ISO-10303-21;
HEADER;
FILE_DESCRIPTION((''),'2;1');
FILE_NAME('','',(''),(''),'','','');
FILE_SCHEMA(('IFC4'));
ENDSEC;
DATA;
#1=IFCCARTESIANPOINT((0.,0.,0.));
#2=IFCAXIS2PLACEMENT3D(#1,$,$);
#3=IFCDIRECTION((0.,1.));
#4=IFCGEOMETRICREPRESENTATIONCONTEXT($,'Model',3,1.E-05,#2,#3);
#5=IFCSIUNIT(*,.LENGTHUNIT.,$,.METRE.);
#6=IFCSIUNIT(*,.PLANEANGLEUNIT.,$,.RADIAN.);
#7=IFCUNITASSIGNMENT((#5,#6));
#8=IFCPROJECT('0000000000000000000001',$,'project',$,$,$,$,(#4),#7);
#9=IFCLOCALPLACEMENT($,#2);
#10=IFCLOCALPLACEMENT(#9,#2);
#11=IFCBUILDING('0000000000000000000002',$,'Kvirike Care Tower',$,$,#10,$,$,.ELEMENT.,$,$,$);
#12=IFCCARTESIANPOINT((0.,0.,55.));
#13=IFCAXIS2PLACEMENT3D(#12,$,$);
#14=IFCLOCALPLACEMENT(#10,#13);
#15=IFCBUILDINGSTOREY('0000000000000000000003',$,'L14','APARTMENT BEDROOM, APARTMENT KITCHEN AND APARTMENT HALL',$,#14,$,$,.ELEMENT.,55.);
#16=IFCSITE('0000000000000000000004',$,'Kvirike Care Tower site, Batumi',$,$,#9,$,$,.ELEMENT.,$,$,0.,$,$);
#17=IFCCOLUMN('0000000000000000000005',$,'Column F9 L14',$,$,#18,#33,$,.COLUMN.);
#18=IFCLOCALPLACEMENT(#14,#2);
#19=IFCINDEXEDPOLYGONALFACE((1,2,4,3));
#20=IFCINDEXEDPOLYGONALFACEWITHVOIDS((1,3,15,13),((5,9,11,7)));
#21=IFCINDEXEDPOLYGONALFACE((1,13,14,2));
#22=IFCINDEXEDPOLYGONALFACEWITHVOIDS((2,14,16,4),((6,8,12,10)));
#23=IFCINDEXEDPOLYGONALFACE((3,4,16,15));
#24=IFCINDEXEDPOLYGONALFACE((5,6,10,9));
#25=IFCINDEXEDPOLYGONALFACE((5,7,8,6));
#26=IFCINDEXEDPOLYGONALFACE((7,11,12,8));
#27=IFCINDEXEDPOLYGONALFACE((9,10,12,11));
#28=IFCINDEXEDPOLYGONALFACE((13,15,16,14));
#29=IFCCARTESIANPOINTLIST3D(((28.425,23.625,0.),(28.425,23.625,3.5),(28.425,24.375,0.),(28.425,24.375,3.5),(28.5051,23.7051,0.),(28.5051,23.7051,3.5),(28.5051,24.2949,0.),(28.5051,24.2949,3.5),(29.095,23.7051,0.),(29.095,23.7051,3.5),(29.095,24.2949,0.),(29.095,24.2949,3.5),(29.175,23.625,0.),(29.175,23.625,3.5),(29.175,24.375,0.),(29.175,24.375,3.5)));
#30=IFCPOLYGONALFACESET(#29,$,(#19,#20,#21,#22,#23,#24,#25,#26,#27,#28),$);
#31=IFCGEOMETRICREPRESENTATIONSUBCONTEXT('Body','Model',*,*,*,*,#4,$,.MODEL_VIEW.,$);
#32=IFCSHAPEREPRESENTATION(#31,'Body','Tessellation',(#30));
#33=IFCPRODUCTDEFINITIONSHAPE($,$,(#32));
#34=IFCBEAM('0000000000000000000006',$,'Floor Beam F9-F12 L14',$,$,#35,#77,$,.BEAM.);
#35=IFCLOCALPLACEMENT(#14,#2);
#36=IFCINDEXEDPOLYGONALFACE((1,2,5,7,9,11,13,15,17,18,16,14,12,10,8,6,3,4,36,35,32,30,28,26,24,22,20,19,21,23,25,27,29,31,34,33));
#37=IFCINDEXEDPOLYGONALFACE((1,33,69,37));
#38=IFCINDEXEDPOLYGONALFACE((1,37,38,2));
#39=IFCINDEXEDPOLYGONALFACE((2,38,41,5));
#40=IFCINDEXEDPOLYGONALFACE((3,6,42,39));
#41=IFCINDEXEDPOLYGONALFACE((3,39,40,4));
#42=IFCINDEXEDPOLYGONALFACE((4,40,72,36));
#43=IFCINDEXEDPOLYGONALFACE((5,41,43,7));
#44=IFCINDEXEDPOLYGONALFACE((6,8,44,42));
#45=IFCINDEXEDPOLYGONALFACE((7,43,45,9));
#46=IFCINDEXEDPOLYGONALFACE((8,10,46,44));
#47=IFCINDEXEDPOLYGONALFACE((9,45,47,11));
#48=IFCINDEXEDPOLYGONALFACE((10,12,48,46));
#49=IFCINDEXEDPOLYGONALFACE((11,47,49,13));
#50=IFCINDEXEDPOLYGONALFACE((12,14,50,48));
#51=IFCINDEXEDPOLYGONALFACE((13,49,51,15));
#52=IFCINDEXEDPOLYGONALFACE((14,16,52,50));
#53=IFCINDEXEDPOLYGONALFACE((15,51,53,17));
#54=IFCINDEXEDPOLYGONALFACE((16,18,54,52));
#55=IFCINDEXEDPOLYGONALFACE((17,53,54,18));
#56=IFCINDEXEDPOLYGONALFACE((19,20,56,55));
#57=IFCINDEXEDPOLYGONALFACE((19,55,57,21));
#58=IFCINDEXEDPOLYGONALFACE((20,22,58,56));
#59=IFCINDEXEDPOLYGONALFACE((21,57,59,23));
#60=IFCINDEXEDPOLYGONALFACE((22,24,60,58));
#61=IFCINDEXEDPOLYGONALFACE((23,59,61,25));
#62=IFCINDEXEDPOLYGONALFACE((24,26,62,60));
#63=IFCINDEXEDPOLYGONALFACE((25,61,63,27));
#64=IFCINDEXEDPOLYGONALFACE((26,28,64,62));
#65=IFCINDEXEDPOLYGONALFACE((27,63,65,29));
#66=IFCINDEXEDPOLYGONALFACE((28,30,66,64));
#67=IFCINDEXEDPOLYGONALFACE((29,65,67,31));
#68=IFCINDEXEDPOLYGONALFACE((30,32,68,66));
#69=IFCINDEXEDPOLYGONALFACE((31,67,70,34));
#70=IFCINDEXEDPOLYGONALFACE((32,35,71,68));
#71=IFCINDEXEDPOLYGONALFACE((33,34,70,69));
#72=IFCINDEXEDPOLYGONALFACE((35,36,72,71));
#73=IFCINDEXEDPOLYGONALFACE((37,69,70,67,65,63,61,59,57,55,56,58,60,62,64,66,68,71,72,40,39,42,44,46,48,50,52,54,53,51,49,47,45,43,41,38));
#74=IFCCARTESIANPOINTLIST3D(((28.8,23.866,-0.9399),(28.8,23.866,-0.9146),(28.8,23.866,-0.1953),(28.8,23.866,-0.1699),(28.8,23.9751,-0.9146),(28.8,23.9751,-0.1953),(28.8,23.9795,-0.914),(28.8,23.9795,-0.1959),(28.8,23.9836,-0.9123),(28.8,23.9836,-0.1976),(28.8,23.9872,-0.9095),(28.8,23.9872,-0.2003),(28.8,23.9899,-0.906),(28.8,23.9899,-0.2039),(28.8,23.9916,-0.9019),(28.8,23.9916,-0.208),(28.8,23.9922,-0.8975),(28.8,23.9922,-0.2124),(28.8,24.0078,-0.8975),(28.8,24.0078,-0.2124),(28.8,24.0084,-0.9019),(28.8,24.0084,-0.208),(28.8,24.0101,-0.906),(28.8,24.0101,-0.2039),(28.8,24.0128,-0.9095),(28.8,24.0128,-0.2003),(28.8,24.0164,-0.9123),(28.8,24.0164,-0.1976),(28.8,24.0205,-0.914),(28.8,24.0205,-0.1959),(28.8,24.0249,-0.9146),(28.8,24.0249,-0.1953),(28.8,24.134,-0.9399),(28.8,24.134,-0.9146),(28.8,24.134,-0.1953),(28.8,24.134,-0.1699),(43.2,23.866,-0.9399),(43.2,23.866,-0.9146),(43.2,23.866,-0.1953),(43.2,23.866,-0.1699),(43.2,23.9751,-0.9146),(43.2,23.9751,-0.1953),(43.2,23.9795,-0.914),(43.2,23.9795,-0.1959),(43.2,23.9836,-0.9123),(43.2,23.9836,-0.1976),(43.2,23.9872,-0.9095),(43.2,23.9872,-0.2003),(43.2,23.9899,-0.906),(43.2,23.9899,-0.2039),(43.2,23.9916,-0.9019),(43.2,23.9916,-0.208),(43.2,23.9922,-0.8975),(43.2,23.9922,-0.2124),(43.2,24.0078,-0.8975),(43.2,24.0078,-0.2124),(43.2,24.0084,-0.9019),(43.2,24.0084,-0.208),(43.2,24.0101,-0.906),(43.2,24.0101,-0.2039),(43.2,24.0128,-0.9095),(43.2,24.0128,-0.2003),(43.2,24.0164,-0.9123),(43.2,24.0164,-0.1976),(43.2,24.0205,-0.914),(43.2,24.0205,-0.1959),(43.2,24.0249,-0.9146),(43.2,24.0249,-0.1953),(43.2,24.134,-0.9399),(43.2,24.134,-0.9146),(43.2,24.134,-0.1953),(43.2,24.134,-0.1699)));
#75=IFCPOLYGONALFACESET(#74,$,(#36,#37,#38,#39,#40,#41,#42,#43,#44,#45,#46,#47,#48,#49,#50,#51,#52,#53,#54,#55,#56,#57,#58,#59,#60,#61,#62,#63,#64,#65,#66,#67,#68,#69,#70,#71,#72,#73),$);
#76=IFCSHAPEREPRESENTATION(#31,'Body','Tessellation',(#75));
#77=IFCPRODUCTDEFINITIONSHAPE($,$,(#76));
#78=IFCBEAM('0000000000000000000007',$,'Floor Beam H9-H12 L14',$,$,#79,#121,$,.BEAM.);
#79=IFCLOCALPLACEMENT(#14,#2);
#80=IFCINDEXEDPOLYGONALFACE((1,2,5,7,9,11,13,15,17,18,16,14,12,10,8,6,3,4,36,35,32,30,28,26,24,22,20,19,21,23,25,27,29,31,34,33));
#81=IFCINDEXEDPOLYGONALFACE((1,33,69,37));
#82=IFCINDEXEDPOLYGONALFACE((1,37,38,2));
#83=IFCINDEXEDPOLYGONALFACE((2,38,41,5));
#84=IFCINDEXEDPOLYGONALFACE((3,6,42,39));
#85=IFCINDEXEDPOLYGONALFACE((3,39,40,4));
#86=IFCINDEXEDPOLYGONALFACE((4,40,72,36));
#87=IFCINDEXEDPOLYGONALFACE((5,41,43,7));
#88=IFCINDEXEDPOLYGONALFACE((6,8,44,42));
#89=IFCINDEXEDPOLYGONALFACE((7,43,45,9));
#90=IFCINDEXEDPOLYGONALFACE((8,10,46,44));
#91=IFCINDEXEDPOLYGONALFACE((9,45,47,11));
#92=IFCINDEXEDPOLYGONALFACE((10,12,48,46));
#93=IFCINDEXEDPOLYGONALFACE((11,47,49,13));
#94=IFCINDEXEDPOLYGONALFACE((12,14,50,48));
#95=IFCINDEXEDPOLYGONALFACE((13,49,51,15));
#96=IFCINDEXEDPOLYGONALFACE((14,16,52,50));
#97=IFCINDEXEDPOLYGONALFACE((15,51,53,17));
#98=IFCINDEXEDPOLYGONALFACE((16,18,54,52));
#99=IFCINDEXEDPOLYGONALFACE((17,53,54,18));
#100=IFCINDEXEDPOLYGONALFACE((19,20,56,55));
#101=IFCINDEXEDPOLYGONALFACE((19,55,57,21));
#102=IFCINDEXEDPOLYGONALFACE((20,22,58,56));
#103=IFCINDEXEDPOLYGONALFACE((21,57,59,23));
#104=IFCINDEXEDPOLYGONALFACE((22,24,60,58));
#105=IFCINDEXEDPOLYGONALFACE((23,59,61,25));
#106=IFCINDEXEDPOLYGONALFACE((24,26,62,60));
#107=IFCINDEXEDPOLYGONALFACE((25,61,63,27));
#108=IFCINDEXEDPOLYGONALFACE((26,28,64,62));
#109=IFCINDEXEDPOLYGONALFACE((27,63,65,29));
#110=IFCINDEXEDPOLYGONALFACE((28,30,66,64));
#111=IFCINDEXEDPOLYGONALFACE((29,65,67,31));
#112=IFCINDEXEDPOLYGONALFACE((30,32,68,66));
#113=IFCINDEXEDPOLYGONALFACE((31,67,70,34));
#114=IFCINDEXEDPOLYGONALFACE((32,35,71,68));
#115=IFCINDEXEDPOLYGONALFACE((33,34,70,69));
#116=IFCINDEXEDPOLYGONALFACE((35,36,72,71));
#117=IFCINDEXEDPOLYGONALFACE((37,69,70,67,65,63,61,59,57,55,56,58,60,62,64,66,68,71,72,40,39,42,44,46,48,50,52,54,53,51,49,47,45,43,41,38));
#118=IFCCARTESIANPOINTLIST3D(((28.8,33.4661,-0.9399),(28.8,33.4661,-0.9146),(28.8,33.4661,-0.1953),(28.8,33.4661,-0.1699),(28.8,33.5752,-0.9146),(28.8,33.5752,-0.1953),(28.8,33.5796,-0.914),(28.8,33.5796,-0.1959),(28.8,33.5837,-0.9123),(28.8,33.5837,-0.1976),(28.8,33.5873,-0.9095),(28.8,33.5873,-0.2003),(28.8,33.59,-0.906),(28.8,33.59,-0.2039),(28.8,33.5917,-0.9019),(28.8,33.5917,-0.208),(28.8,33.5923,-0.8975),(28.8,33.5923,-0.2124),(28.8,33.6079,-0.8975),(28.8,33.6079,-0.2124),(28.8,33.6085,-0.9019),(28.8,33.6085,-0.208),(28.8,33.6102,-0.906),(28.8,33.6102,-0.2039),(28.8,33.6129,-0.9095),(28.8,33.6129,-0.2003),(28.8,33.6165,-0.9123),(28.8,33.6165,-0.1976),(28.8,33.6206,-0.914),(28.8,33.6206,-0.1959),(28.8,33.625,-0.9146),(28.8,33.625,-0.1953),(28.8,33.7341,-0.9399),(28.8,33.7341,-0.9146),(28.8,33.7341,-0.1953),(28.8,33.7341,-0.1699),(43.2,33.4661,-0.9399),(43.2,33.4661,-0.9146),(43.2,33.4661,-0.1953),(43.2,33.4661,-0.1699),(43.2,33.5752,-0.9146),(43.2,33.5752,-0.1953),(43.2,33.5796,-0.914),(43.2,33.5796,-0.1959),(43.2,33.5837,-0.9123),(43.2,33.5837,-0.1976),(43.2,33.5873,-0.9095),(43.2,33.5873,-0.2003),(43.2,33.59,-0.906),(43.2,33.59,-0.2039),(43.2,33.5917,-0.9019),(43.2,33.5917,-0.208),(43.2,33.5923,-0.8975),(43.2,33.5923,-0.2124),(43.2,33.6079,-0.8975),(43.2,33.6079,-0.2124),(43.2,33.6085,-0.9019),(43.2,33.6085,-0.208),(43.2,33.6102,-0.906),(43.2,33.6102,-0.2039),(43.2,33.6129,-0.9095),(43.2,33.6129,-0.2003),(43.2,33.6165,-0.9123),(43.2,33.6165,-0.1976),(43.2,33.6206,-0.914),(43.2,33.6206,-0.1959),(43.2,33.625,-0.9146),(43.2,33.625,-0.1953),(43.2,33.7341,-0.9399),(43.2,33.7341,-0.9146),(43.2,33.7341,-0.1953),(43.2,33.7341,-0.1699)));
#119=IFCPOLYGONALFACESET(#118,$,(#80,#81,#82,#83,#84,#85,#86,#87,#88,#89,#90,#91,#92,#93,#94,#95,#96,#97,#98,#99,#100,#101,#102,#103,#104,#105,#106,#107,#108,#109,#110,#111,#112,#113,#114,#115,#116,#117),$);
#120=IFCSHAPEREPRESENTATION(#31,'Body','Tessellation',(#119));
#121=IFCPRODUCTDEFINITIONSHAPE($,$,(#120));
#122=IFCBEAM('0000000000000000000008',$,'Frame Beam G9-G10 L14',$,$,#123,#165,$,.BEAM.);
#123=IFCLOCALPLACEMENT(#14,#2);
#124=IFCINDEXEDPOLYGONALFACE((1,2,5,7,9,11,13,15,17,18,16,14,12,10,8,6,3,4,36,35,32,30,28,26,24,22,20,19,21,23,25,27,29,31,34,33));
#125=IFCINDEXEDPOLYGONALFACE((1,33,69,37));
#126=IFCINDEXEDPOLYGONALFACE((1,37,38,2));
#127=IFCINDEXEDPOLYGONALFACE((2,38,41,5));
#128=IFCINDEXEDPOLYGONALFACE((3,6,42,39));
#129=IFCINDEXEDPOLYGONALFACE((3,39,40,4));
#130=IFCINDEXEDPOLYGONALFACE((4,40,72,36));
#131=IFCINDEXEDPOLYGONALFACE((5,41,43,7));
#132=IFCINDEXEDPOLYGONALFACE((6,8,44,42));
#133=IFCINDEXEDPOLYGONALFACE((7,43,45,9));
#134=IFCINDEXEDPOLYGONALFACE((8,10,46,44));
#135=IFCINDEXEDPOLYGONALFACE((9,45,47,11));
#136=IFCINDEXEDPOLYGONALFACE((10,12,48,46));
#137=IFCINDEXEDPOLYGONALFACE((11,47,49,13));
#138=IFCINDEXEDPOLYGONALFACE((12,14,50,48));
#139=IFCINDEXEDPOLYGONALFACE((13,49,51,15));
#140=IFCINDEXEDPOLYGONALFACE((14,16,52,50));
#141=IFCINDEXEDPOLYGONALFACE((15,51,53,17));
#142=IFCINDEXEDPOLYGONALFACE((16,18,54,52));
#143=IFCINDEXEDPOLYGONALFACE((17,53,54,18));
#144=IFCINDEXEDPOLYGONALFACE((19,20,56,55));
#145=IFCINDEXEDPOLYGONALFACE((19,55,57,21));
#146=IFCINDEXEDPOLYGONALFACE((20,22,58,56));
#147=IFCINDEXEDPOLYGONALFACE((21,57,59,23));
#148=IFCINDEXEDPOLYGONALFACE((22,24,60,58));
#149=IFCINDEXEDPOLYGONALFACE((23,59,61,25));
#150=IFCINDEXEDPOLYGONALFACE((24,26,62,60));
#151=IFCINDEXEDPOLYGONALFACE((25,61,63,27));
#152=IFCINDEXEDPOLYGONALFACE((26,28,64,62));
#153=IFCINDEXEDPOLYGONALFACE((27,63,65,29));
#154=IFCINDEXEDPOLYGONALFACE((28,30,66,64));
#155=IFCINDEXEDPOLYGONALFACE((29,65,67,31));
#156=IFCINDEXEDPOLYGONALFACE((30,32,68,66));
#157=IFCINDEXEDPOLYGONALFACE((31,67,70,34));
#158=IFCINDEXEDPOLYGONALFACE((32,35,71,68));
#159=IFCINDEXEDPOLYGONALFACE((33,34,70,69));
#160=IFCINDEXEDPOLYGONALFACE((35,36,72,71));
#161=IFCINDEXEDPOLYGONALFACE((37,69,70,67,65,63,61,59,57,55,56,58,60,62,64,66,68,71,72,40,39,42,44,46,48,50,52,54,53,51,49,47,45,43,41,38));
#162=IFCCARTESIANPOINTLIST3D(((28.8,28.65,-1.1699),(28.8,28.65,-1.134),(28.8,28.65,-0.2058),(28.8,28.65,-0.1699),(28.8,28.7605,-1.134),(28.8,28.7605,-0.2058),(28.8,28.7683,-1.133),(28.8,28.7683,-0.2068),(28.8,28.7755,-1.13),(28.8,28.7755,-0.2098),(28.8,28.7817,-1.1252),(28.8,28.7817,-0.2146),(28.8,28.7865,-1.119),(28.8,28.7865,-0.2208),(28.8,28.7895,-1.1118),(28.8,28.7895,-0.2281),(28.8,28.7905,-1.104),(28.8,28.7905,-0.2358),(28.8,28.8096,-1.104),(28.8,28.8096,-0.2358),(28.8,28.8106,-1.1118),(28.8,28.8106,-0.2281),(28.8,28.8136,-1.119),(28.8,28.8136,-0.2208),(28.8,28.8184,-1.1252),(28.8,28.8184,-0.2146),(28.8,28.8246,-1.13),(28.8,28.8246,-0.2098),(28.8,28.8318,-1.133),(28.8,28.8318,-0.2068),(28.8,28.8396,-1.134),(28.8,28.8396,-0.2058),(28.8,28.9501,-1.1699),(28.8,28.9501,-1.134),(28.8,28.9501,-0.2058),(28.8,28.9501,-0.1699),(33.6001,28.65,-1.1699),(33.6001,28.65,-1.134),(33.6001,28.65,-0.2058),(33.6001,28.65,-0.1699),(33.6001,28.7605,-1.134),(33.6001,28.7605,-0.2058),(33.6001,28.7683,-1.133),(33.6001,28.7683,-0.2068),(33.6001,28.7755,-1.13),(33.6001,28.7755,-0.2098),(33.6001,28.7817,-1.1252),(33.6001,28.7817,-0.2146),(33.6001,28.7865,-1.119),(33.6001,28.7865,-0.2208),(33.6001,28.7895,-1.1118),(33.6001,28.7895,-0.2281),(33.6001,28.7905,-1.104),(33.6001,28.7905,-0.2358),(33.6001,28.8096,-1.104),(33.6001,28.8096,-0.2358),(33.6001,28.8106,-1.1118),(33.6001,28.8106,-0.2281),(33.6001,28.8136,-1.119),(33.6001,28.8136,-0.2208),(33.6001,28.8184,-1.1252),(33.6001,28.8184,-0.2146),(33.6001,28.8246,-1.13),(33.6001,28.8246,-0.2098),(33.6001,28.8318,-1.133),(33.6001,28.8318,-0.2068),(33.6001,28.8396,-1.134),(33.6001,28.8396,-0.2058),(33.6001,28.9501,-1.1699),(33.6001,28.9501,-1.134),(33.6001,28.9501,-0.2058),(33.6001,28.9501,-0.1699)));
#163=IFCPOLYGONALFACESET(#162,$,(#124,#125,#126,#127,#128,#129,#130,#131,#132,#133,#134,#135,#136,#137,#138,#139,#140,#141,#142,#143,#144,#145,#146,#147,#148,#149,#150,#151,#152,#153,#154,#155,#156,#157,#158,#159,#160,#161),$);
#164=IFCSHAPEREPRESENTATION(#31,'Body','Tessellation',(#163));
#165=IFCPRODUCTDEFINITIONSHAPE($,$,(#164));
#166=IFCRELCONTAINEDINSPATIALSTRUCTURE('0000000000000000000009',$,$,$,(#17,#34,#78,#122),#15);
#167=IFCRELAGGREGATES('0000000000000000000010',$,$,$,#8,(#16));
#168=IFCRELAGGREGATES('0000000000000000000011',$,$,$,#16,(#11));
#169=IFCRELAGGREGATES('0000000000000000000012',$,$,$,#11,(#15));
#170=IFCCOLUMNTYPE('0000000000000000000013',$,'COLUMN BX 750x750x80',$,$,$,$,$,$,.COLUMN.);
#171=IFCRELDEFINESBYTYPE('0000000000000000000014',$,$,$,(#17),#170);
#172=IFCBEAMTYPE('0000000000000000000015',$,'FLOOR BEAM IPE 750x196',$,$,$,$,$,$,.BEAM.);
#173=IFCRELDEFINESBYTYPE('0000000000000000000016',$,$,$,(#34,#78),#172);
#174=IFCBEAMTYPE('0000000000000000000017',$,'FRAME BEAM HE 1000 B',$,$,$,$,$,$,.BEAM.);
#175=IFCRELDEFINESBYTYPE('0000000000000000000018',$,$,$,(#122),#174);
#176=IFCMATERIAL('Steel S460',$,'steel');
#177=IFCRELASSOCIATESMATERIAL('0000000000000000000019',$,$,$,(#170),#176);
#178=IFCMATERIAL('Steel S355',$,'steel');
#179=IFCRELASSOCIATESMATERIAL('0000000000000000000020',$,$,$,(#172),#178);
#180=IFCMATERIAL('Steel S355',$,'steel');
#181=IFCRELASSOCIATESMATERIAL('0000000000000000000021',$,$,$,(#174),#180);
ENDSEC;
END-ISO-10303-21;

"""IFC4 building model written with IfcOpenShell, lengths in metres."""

from ifc_helpers import new_model, si_unit, direction, frame, origin, origin_2d, place, context, subcontext, project, spatial, hollow_rectangle, i_section, extrude, material, material_profile, profile_set, type_object, element, save


model = new_model("IFC4")

# Units and contexts
model_context = context("Model", 3, precision=1e-05, world=origin(), true_north=direction((0.0, 1.0)))
body_context = subcontext(model_context, "Body", "Model", "MODEL_VIEW")
ifc_project = project(units=[si_unit("LENGTHUNIT", "METRE"), si_unit("PLANEANGLEUNIT", "RADIAN")], contexts=[model_context])

# Site, building, storey
site_placement = place(None, origin())
site = spatial("IfcSite", under=ifc_project, at=site_placement, Name="Kvirike Care Tower site, Batumi", CompositionType="ELEMENT", RefElevation=0.0)
building_placement = place(site_placement, origin())
building = spatial("IfcBuilding", under=site, at=building_placement, Name="Kvirike Care Tower", CompositionType="ELEMENT")
storey_placement = place(building_placement, frame((0.0, 0.0, 55.0)))
storey = spatial("IfcBuildingStorey", under=building, at=storey_placement, Name="L14", Description="APARTMENT BEDROOM, APARTMENT KITCHEN AND APARTMENT HALL", CompositionType="ELEMENT", Elevation=55.0)

# Column
ifc_material_1 = material(Name="Steel S460", Category="steel")
ifc_material_profile_1 = material_profile(ifc_material_1, hollow_rectangle(XDim=0.75, YDim=0.75, WallThickness=0.0801, at=origin_2d()), Name="BX 750x750x80")
ifc_profile_set_1 = profile_set([ifc_material_profile_1], Name="Steel S460")
column_type = type_object("IfcColumnType", Name="COLUMN BX 750x750x80", PredefinedType="COLUMN", material=ifc_profile_set_1)
column_placement = place(storey_placement, frame((28.8, 24.0, 0.0), z_axis=(0.0, 0.0, 1.0), x_axis=(1.0, 0.0, 0.0)))
element("IfcColumn", 1, at=column_placement, inside=storey, type_object=column_type, Name="Column F9 L14", PredefinedType="COLUMN", context=body_context, shape_type="SweptSolid", body=[
    extrude(hollow_rectangle(XDim=0.75, YDim=0.75, WallThickness=0.0801, at=origin_2d()), origin(), (0.0, 0.0, 1.0), 3.5),
])

# Beams
ifc_material_2 = material(Name="Steel S355", Category="steel")
ifc_material_profile_2 = material_profile(ifc_material_2, i_section(OverallWidth=0.2681, OverallDepth=0.77, WebThickness=0.0156, FlangeThickness=0.0254, FilletRadius=0.0171, at=origin_2d()), Name="IPE 750x196")
ifc_profile_set_2 = profile_set([ifc_material_profile_2], Name="Steel S355")
beam_type_1 = type_object("IfcBeamType", Name="FLOOR BEAM IPE 750x196", PredefinedType="BEAM", material=ifc_profile_set_2)
for number, where, z_axis, x_axis, name in (
    (2, (28.8, 24.0, -0.5549), (1.0, 0.0, 0.0), (0.0, 1.0, 0.0), "Floor Beam F9-F12 L14"),
    (3, (28.8, 33.6001, -0.5549), (1.0, 0.0, 0.0), (0.0, 1.0, 0.0), "Floor Beam H9-H12 L14"),
):
    element("IfcBeam", number, at=place(storey_placement, frame(where, z_axis=z_axis, x_axis=x_axis)), inside=storey, type_object=beam_type_1, Name=name, PredefinedType="BEAM", context=body_context, shape_type="SweptSolid", body=[
        extrude(i_section(OverallWidth=0.2681, OverallDepth=0.77, WebThickness=0.0156, FlangeThickness=0.0254, FilletRadius=0.0171, at=origin_2d()), origin(), (0.0, 0.0, 1.0), 14.3999),
    ])
ifc_material_3 = material(Name="Steel S355", Category="steel")
ifc_material_profile_3 = material_profile(ifc_material_3, i_section(OverallWidth=0.3, OverallDepth=1.0, WebThickness=0.019, FlangeThickness=0.0359, FilletRadius=0.03, at=origin_2d()), Name="HE 1000 B")
ifc_profile_set_3 = profile_set([ifc_material_profile_3], Name="Steel S355")
beam_type_2 = type_object("IfcBeamType", Name="FRAME BEAM HE 1000 B", PredefinedType="BEAM", material=ifc_profile_set_3)
for number, where, z_axis, x_axis, name in (
    (4, (28.8, 28.8, -0.6699), (1.0, 0.0, 0.0), (0.0, 1.0, 0.0), "Frame Beam G9-G10 L14"),
):
    element("IfcBeam", number, at=place(storey_placement, frame(where, z_axis=z_axis, x_axis=x_axis)), inside=storey, type_object=beam_type_2, Name=name, PredefinedType="BEAM", context=body_context, shape_type="SweptSolid", body=[
        extrude(i_section(OverallWidth=0.3, OverallDepth=1.0, WebThickness=0.019, FlangeThickness=0.0359, FilletRadius=0.03, at=origin_2d()), origin(), (0.0, 0.0, 1.0), 4.8),
    ])

save(model, "model.ifc")
